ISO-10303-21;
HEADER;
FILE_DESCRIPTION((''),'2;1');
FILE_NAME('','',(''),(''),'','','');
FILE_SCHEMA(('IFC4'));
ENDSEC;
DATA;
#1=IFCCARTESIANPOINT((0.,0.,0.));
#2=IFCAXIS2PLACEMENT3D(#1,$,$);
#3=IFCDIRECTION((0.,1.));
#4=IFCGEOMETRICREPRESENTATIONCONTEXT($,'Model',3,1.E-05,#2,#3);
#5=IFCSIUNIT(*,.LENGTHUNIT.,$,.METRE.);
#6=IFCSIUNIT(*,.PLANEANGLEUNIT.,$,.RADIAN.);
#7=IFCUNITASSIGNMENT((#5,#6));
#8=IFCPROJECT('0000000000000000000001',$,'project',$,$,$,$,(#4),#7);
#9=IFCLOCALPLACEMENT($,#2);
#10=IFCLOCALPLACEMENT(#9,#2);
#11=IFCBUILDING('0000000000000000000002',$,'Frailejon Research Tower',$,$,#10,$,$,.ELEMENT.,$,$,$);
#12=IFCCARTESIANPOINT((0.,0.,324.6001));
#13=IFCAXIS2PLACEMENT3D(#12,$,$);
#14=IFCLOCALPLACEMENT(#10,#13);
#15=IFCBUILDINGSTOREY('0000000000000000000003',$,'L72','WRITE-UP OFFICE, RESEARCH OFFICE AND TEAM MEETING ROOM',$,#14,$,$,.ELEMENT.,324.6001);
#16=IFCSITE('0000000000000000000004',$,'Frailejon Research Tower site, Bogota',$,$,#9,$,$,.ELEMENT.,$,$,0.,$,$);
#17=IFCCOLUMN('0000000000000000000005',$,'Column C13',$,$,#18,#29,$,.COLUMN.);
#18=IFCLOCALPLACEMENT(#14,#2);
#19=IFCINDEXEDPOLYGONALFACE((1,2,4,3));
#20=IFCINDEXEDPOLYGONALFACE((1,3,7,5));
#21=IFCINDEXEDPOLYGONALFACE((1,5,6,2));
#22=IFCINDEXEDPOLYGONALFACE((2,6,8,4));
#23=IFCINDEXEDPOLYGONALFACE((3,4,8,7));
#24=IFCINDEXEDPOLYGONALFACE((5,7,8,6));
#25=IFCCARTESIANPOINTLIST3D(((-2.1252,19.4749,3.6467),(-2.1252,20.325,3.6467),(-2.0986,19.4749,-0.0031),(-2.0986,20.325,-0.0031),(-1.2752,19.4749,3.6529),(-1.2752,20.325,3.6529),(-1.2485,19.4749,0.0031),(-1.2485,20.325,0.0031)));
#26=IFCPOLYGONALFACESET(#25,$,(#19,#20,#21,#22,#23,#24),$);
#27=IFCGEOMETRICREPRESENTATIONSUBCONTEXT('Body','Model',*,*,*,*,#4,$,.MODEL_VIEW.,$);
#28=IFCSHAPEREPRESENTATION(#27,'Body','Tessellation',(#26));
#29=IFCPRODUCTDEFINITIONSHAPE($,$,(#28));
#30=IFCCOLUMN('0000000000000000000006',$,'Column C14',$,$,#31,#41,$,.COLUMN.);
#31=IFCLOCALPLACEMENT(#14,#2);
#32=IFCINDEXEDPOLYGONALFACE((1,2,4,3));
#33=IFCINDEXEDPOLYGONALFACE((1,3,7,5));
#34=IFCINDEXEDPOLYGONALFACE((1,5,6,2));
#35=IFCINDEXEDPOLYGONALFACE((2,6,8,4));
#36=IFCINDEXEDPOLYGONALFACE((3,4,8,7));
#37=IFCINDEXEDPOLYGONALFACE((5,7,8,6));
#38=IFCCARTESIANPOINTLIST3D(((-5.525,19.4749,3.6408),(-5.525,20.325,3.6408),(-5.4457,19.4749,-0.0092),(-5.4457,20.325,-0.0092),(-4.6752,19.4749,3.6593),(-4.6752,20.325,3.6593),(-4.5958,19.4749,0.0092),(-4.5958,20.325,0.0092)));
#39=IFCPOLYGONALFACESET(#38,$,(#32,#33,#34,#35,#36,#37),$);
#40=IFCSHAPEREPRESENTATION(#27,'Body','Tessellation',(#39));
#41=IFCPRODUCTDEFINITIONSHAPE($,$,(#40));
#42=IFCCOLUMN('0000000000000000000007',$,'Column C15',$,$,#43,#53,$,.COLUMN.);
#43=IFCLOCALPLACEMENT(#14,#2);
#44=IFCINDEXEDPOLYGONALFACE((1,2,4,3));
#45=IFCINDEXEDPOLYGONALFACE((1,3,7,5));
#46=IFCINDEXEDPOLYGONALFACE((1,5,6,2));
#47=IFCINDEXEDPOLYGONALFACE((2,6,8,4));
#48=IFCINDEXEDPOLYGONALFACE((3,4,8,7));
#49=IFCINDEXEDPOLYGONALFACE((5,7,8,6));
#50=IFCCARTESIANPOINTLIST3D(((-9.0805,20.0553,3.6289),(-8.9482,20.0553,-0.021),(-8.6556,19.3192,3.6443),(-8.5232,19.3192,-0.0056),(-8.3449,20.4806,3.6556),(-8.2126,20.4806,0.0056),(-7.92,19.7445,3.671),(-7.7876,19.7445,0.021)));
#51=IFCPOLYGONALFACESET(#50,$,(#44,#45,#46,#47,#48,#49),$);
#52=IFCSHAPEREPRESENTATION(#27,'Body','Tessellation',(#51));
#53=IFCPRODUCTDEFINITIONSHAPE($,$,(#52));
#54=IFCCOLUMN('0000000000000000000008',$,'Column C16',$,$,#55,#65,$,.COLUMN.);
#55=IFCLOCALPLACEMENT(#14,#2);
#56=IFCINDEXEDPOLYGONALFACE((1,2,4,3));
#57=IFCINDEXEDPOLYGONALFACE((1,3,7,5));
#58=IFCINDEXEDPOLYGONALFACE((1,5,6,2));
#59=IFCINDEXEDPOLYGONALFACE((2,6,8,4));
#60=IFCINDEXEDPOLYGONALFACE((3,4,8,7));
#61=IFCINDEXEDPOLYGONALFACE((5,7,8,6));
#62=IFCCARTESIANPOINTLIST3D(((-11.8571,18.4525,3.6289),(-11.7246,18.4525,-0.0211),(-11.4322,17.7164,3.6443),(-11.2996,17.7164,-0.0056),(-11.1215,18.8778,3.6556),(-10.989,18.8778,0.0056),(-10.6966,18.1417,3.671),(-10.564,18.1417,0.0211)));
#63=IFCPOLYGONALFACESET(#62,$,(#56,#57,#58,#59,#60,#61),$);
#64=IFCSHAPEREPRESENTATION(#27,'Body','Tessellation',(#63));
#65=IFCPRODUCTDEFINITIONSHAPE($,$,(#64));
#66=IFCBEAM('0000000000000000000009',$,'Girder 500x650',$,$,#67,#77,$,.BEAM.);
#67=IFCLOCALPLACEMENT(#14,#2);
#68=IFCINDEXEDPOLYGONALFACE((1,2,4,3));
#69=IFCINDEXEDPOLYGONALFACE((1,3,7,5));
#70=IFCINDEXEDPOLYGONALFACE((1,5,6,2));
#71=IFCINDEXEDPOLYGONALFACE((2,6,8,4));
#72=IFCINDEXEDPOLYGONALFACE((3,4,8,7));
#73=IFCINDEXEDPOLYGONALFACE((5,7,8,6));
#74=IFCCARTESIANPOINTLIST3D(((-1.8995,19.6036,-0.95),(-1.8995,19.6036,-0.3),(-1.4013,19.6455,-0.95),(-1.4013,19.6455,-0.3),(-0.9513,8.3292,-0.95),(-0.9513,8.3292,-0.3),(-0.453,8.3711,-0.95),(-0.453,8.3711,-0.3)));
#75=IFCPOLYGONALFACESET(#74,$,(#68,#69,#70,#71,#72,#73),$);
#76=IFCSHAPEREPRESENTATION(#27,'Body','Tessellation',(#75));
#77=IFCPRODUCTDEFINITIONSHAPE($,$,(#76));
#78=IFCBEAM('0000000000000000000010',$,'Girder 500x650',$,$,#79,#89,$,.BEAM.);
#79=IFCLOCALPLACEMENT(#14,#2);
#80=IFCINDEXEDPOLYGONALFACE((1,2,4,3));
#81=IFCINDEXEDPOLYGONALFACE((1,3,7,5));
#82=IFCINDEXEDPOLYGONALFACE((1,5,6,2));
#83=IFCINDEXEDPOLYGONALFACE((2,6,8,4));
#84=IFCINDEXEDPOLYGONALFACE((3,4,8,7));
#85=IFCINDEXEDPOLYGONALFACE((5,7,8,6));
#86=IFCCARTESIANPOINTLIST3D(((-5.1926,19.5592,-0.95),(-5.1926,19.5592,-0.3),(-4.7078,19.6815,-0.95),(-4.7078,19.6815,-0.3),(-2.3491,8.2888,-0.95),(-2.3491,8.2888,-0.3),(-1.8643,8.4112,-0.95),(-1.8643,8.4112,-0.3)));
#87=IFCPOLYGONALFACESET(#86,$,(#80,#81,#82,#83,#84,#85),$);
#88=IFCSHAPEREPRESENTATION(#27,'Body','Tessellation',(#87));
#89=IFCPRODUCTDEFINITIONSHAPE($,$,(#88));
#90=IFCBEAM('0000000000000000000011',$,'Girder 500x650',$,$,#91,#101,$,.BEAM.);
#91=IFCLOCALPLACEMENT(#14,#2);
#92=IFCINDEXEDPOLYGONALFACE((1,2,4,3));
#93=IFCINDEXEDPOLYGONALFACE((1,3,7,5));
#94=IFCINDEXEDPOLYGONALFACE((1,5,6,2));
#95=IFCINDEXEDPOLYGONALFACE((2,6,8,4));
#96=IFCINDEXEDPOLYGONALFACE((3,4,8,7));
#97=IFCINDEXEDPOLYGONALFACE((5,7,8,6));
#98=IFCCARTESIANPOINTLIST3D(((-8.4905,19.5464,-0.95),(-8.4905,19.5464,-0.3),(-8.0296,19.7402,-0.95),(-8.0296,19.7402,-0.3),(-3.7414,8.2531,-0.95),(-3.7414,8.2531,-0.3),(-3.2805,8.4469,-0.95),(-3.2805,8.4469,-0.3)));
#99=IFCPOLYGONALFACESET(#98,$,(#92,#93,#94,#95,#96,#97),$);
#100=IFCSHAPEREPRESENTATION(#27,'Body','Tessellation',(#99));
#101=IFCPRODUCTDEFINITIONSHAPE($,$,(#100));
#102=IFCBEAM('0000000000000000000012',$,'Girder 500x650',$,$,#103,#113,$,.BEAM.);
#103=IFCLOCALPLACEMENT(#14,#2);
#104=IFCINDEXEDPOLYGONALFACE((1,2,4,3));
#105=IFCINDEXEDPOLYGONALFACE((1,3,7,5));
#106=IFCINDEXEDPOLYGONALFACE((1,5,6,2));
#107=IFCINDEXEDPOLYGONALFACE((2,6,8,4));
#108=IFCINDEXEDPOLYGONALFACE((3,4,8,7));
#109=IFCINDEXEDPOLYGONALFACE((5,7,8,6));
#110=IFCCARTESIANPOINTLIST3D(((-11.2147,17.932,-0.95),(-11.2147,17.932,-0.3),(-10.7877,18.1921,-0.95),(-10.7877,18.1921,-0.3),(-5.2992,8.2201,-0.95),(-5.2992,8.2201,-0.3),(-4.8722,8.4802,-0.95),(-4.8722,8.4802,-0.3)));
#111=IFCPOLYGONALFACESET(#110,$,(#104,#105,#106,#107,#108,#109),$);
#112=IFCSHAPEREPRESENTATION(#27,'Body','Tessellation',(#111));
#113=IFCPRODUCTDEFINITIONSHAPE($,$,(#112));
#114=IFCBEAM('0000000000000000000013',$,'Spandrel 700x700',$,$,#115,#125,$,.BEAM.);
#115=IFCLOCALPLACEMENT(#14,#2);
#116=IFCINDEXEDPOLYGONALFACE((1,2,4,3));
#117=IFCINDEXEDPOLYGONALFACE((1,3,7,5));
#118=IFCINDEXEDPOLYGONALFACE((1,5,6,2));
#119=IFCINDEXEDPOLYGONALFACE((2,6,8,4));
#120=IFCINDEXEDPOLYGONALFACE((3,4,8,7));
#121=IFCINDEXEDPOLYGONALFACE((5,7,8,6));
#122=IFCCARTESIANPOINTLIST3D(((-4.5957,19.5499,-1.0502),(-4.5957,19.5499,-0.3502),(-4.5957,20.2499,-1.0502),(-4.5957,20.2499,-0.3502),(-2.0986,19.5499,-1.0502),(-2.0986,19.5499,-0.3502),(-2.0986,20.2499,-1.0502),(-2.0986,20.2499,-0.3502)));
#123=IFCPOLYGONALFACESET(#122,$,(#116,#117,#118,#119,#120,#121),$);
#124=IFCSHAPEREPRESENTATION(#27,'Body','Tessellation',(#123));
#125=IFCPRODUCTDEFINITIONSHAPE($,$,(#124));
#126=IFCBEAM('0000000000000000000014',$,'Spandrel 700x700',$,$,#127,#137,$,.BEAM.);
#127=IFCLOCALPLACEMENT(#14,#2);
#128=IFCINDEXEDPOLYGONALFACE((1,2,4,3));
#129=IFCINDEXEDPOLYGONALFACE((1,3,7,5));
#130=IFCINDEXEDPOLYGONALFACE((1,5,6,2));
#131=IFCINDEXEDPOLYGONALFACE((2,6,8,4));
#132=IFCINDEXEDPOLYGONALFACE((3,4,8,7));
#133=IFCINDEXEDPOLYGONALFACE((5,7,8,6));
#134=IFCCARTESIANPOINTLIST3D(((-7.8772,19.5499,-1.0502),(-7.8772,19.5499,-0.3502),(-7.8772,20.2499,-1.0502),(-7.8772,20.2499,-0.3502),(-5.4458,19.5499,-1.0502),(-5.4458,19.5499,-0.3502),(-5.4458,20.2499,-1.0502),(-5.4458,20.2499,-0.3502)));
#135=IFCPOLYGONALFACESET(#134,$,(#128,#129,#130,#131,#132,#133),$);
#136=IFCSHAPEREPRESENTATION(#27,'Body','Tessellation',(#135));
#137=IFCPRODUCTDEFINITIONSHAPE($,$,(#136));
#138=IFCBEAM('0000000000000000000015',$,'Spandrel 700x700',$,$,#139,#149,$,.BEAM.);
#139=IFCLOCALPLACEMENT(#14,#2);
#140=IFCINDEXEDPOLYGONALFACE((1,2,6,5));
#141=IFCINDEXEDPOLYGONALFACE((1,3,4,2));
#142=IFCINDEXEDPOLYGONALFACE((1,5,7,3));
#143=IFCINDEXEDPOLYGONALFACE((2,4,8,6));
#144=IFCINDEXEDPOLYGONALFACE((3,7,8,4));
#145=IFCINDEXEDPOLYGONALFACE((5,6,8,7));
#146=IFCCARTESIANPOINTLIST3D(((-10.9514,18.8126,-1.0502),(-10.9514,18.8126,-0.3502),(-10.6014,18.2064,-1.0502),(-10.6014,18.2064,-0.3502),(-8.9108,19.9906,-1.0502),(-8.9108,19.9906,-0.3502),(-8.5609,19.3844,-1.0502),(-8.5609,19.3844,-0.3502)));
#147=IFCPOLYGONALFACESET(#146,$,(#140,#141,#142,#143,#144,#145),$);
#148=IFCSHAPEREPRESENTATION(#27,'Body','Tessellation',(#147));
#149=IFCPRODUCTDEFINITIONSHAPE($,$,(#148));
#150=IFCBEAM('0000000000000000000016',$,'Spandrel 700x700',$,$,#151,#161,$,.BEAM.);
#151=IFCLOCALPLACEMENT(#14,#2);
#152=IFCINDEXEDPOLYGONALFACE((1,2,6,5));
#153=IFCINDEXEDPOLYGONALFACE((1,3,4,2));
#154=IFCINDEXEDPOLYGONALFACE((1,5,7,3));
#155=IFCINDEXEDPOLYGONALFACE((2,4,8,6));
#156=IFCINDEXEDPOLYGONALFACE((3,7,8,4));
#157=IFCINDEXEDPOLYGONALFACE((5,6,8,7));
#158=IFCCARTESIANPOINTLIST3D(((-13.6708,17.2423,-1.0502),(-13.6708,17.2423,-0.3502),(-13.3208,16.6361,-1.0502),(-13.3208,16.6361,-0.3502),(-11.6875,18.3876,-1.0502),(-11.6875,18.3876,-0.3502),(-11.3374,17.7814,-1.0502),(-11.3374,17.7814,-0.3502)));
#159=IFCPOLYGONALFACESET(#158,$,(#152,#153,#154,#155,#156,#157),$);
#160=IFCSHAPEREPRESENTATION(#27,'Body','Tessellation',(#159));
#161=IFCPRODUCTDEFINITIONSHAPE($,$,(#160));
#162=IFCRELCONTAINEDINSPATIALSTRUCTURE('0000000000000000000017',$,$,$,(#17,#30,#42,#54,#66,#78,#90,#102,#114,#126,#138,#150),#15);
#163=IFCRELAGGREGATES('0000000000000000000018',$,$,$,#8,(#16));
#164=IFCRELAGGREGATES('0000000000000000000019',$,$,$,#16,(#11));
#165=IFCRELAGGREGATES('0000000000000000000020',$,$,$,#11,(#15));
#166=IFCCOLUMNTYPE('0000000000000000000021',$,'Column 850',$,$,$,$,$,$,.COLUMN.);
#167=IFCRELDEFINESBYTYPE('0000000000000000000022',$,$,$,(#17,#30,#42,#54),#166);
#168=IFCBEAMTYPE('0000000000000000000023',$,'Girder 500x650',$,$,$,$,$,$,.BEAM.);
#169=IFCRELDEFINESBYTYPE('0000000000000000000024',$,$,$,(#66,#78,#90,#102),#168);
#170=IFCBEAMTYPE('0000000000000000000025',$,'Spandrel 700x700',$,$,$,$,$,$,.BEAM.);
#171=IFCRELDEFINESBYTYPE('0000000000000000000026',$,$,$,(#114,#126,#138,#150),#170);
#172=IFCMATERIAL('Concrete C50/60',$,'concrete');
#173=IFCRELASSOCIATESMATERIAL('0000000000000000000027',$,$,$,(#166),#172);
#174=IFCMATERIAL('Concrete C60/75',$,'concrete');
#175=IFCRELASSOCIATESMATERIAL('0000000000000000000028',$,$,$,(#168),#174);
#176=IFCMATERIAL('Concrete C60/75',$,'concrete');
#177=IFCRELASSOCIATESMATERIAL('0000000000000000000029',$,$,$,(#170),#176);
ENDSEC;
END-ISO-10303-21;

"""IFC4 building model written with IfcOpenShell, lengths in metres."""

from ifc_helpers import new_model, si_unit, direction, frame, origin, origin_2d, place, context, subcontext, project, spatial, rectangle, extrude, material, material_profile, profile_set, type_object, element, save


model = new_model("IFC4")

# Units and contexts
model_context = context("Model", 3, precision=1e-05, world=origin(), true_north=direction((0.0, 1.0)))
body_context = subcontext(model_context, "Body", "Model", "MODEL_VIEW")
ifc_project = project(units=[si_unit("LENGTHUNIT", "METRE"), si_unit("PLANEANGLEUNIT", "RADIAN")], contexts=[model_context])

# Site, building, storey
site_placement = place(None, origin())
site = spatial("IfcSite", under=ifc_project, at=site_placement, Name="Frailejon Research Tower site, Bogota", CompositionType="ELEMENT", RefElevation=0.0)
building_placement = place(site_placement, origin())
building = spatial("IfcBuilding", under=site, at=building_placement, Name="Frailejon Research Tower", CompositionType="ELEMENT")
storey_placement = place(building_placement, frame((0.0, 0.0, 324.6001)))
storey = spatial("IfcBuildingStorey", under=building, at=storey_placement, Name="L72", Description="WRITE-UP OFFICE, RESEARCH OFFICE AND TEAM MEETING ROOM", CompositionType="ELEMENT", Elevation=324.6001)

# Columns
ifc_material_1 = material(Name="Concrete C50/60", Category="concrete")
ifc_material_profile_1 = material_profile(ifc_material_1, rectangle(XDim=0.8501, YDim=0.8501, at=origin_2d()), Name="Column 850")
ifc_profile_set_1 = profile_set([ifc_material_profile_1], Name="Concrete C50/60")
column_type = type_object("IfcColumnType", Name="Column 850", PredefinedType="COLUMN", material=ifc_profile_set_1)
column_1_placement = place(storey_placement, frame((-1.6736, 19.8999, 0.0), z_axis=(-0.007291, 0.0, 0.999973), x_axis=(-0.999973, 0.0, -0.007291)))
element("IfcColumn", 1, at=column_1_placement, inside=storey, type_object=column_type, Name="Column C13", PredefinedType="COLUMN", context=body_context, shape_type="SweptSolid", body=[
    extrude(rectangle(XDim=0.8501, YDim=0.8501, at=origin_2d()), origin(), (0.0, 0.0, 1.0), 3.6499),
])
column_2_placement = place(storey_placement, frame((-5.0208, 19.8999, 0.0), z_axis=(-0.021734, 0.0, 0.999764), x_axis=(-0.999764, 0.0, -0.021734)))
element("IfcColumn", 2, at=column_2_placement, inside=storey, type_object=column_type, Name="Column C14", PredefinedType="COLUMN", context=body_context, shape_type="SweptSolid", body=[
    extrude(rectangle(XDim=0.8501, YDim=0.8501, at=origin_2d()), origin(), (0.0, 0.0, 1.0), 3.6509),
])
for number, where, z_axis, x_axis, name in (
    (3, (-8.3679, 19.8999, 0.0), (-0.03623, 0.0, 0.999343), (-0.865315, -0.500246, -0.031371), "Column C15"),
    (4, (-11.1443, 18.2971, 0.0), (-0.036297, 0.0, 0.999341), (-0.865313, -0.500246, -0.031429), "Column C16"),
):
    element("IfcColumn", number, at=place(storey_placement, frame(where, z_axis=z_axis, x_axis=x_axis)), inside=storey, type_object=column_type, Name=name, PredefinedType="COLUMN", context=body_context, shape_type="SweptSolid", body=[
        extrude(rectangle(XDim=0.8501, YDim=0.8501, at=origin_2d()), origin(), (0.0, 0.0, 1.0), 3.6523),
    ])

# Beams
ifc_material_2 = material(Name="Concrete C60/75", Category="concrete")
ifc_material_profile_2 = material_profile(ifc_material_2, rectangle(XDim=0.5, YDim=0.6499, at=origin_2d()), Name="Girder 500x650")
ifc_profile_set_2 = profile_set([ifc_material_profile_2], Name="Concrete C60/75")
beam_type_1 = type_object("IfcBeamType", Name="Girder 500x650", PredefinedType="BEAM", material=ifc_profile_set_2)
beam_1_placement = place(storey_placement, frame((-1.6504, 19.6245, -0.625), z_axis=(0.08381, -0.996482, 0.0), x_axis=(0.996482, 0.08381, 0.0)))
element("IfcBeam", 5, at=beam_1_placement, inside=storey, type_object=beam_type_1, Name="Girder 500x650", PredefinedType="BEAM", context=body_context, shape_type="SweptSolid", body=[
    extrude(rectangle(XDim=0.5, YDim=0.6499, at=origin_2d()), origin(), (0.0, 0.0, 1.0), 11.3142),
])
beam_2_placement = place(storey_placement, frame((-4.9502, 19.6204, -0.625), z_axis=(0.244635, -0.969615, 0.0), x_axis=(0.969615, 0.244635, 0.0)))
element("IfcBeam", 6, at=beam_2_placement, inside=storey, type_object=beam_type_1, Name="Girder 500x650", PredefinedType="BEAM", context=body_context, shape_type="SweptSolid", body=[
    extrude(rectangle(XDim=0.5, YDim=0.6499, at=origin_2d()), origin(), (0.0, 0.0, 1.0), 11.6235),
])
beam_3_placement = place(storey_placement, frame((-8.26, 19.6433, -0.625), z_axis=(0.38764, -0.921811, 0.0), x_axis=(0.921811, 0.38764, 0.0)))
element("IfcBeam", 7, at=beam_3_placement, inside=storey, type_object=beam_type_1, Name="Girder 500x650", PredefinedType="BEAM", context=body_context, shape_type="SweptSolid", body=[
    extrude(rectangle(XDim=0.5, YDim=0.6499, at=origin_2d()), origin(), (0.0, 0.0, 1.0), 12.2512),
])
beam_4_placement = place(storey_placement, frame((-11.0012, 18.062, -0.625), z_axis=(0.520199, -0.854045, 0.0), x_axis=(0.854045, 0.520199, 0.0)))
element("IfcBeam", 8, at=beam_4_placement, inside=storey, type_object=beam_type_1, Name="Girder 500x650", PredefinedType="BEAM", context=body_context, shape_type="SweptSolid", body=[
    extrude(rectangle(XDim=0.5, YDim=0.6499, at=origin_2d()), origin(), (0.0, 0.0, 1.0), 11.3716),
])
ifc_material_3 = material(Name="Concrete C60/75", Category="concrete")
ifc_material_profile_3 = material_profile(ifc_material_3, rectangle(XDim=0.7, YDim=0.7, at=origin_2d()), Name="Spandrel 700x700")
ifc_profile_set_3 = profile_set([ifc_material_profile_3], Name="Concrete C60/75")
beam_type_2 = type_object("IfcBeamType", Name="Spandrel 700x700", PredefinedType="BEAM", material=ifc_profile_set_3)
beam_5_placement = place(storey_placement, frame((-2.0986, 19.8999, -0.7002), z_axis=(-1.0, 0.0, 0.0), x_axis=(0.0, -1.0, 0.0)))
element("IfcBeam", 9, at=beam_5_placement, inside=storey, type_object=beam_type_2, Name="Spandrel 700x700", PredefinedType="BEAM", context=body_context, shape_type="SweptSolid", body=[
    extrude(rectangle(XDim=0.7, YDim=0.7, at=origin_2d()), origin(), (0.0, 0.0, 1.0), 2.4971),
])
beam_6_placement = place(storey_placement, frame((-5.4458, 19.8999, -0.7002), z_axis=(-1.0, 0.0, 0.0), x_axis=(0.0, -1.0, 0.0)))
element("IfcBeam", 10, at=beam_6_placement, inside=storey, type_object=beam_type_2, Name="Spandrel 700x700", PredefinedType="BEAM", context=body_context, shape_type="SweptSolid", body=[
    extrude(rectangle(XDim=0.7, YDim=0.7, at=origin_2d()), origin(), (0.0, 0.0, 1.0), 2.4314),
])
beam_7_placement = place(storey_placement, frame((-8.7358, 19.6875, -0.7002), z_axis=(-0.866048, -0.499962, 0.0), x_axis=(0.499962, -0.866048, 0.0)))
element("IfcBeam", 11, at=beam_7_placement, inside=storey, type_object=beam_type_2, Name="Spandrel 700x700", PredefinedType="BEAM", context=body_context, shape_type="SweptSolid", body=[
    extrude(rectangle(XDim=0.7, YDim=0.7, at=origin_2d()), origin(), (0.0, 0.0, 1.0), 2.3562),
])
beam_8_placement = place(storey_placement, frame((-11.5125, 18.0845, -0.7002), z_axis=(-0.865997, -0.500048, 0.0), x_axis=(0.500048, -0.865997, 0.0)))
element("IfcBeam", 12, at=beam_8_placement, inside=storey, type_object=beam_type_2, Name="Spandrel 700x700", PredefinedType="BEAM", context=body_context, shape_type="SweptSolid", body=[
    extrude(rectangle(XDim=0.7, YDim=0.7, at=origin_2d()), origin(), (0.0, 0.0, 1.0), 2.2903),
])

save(model, "model.ifc")
